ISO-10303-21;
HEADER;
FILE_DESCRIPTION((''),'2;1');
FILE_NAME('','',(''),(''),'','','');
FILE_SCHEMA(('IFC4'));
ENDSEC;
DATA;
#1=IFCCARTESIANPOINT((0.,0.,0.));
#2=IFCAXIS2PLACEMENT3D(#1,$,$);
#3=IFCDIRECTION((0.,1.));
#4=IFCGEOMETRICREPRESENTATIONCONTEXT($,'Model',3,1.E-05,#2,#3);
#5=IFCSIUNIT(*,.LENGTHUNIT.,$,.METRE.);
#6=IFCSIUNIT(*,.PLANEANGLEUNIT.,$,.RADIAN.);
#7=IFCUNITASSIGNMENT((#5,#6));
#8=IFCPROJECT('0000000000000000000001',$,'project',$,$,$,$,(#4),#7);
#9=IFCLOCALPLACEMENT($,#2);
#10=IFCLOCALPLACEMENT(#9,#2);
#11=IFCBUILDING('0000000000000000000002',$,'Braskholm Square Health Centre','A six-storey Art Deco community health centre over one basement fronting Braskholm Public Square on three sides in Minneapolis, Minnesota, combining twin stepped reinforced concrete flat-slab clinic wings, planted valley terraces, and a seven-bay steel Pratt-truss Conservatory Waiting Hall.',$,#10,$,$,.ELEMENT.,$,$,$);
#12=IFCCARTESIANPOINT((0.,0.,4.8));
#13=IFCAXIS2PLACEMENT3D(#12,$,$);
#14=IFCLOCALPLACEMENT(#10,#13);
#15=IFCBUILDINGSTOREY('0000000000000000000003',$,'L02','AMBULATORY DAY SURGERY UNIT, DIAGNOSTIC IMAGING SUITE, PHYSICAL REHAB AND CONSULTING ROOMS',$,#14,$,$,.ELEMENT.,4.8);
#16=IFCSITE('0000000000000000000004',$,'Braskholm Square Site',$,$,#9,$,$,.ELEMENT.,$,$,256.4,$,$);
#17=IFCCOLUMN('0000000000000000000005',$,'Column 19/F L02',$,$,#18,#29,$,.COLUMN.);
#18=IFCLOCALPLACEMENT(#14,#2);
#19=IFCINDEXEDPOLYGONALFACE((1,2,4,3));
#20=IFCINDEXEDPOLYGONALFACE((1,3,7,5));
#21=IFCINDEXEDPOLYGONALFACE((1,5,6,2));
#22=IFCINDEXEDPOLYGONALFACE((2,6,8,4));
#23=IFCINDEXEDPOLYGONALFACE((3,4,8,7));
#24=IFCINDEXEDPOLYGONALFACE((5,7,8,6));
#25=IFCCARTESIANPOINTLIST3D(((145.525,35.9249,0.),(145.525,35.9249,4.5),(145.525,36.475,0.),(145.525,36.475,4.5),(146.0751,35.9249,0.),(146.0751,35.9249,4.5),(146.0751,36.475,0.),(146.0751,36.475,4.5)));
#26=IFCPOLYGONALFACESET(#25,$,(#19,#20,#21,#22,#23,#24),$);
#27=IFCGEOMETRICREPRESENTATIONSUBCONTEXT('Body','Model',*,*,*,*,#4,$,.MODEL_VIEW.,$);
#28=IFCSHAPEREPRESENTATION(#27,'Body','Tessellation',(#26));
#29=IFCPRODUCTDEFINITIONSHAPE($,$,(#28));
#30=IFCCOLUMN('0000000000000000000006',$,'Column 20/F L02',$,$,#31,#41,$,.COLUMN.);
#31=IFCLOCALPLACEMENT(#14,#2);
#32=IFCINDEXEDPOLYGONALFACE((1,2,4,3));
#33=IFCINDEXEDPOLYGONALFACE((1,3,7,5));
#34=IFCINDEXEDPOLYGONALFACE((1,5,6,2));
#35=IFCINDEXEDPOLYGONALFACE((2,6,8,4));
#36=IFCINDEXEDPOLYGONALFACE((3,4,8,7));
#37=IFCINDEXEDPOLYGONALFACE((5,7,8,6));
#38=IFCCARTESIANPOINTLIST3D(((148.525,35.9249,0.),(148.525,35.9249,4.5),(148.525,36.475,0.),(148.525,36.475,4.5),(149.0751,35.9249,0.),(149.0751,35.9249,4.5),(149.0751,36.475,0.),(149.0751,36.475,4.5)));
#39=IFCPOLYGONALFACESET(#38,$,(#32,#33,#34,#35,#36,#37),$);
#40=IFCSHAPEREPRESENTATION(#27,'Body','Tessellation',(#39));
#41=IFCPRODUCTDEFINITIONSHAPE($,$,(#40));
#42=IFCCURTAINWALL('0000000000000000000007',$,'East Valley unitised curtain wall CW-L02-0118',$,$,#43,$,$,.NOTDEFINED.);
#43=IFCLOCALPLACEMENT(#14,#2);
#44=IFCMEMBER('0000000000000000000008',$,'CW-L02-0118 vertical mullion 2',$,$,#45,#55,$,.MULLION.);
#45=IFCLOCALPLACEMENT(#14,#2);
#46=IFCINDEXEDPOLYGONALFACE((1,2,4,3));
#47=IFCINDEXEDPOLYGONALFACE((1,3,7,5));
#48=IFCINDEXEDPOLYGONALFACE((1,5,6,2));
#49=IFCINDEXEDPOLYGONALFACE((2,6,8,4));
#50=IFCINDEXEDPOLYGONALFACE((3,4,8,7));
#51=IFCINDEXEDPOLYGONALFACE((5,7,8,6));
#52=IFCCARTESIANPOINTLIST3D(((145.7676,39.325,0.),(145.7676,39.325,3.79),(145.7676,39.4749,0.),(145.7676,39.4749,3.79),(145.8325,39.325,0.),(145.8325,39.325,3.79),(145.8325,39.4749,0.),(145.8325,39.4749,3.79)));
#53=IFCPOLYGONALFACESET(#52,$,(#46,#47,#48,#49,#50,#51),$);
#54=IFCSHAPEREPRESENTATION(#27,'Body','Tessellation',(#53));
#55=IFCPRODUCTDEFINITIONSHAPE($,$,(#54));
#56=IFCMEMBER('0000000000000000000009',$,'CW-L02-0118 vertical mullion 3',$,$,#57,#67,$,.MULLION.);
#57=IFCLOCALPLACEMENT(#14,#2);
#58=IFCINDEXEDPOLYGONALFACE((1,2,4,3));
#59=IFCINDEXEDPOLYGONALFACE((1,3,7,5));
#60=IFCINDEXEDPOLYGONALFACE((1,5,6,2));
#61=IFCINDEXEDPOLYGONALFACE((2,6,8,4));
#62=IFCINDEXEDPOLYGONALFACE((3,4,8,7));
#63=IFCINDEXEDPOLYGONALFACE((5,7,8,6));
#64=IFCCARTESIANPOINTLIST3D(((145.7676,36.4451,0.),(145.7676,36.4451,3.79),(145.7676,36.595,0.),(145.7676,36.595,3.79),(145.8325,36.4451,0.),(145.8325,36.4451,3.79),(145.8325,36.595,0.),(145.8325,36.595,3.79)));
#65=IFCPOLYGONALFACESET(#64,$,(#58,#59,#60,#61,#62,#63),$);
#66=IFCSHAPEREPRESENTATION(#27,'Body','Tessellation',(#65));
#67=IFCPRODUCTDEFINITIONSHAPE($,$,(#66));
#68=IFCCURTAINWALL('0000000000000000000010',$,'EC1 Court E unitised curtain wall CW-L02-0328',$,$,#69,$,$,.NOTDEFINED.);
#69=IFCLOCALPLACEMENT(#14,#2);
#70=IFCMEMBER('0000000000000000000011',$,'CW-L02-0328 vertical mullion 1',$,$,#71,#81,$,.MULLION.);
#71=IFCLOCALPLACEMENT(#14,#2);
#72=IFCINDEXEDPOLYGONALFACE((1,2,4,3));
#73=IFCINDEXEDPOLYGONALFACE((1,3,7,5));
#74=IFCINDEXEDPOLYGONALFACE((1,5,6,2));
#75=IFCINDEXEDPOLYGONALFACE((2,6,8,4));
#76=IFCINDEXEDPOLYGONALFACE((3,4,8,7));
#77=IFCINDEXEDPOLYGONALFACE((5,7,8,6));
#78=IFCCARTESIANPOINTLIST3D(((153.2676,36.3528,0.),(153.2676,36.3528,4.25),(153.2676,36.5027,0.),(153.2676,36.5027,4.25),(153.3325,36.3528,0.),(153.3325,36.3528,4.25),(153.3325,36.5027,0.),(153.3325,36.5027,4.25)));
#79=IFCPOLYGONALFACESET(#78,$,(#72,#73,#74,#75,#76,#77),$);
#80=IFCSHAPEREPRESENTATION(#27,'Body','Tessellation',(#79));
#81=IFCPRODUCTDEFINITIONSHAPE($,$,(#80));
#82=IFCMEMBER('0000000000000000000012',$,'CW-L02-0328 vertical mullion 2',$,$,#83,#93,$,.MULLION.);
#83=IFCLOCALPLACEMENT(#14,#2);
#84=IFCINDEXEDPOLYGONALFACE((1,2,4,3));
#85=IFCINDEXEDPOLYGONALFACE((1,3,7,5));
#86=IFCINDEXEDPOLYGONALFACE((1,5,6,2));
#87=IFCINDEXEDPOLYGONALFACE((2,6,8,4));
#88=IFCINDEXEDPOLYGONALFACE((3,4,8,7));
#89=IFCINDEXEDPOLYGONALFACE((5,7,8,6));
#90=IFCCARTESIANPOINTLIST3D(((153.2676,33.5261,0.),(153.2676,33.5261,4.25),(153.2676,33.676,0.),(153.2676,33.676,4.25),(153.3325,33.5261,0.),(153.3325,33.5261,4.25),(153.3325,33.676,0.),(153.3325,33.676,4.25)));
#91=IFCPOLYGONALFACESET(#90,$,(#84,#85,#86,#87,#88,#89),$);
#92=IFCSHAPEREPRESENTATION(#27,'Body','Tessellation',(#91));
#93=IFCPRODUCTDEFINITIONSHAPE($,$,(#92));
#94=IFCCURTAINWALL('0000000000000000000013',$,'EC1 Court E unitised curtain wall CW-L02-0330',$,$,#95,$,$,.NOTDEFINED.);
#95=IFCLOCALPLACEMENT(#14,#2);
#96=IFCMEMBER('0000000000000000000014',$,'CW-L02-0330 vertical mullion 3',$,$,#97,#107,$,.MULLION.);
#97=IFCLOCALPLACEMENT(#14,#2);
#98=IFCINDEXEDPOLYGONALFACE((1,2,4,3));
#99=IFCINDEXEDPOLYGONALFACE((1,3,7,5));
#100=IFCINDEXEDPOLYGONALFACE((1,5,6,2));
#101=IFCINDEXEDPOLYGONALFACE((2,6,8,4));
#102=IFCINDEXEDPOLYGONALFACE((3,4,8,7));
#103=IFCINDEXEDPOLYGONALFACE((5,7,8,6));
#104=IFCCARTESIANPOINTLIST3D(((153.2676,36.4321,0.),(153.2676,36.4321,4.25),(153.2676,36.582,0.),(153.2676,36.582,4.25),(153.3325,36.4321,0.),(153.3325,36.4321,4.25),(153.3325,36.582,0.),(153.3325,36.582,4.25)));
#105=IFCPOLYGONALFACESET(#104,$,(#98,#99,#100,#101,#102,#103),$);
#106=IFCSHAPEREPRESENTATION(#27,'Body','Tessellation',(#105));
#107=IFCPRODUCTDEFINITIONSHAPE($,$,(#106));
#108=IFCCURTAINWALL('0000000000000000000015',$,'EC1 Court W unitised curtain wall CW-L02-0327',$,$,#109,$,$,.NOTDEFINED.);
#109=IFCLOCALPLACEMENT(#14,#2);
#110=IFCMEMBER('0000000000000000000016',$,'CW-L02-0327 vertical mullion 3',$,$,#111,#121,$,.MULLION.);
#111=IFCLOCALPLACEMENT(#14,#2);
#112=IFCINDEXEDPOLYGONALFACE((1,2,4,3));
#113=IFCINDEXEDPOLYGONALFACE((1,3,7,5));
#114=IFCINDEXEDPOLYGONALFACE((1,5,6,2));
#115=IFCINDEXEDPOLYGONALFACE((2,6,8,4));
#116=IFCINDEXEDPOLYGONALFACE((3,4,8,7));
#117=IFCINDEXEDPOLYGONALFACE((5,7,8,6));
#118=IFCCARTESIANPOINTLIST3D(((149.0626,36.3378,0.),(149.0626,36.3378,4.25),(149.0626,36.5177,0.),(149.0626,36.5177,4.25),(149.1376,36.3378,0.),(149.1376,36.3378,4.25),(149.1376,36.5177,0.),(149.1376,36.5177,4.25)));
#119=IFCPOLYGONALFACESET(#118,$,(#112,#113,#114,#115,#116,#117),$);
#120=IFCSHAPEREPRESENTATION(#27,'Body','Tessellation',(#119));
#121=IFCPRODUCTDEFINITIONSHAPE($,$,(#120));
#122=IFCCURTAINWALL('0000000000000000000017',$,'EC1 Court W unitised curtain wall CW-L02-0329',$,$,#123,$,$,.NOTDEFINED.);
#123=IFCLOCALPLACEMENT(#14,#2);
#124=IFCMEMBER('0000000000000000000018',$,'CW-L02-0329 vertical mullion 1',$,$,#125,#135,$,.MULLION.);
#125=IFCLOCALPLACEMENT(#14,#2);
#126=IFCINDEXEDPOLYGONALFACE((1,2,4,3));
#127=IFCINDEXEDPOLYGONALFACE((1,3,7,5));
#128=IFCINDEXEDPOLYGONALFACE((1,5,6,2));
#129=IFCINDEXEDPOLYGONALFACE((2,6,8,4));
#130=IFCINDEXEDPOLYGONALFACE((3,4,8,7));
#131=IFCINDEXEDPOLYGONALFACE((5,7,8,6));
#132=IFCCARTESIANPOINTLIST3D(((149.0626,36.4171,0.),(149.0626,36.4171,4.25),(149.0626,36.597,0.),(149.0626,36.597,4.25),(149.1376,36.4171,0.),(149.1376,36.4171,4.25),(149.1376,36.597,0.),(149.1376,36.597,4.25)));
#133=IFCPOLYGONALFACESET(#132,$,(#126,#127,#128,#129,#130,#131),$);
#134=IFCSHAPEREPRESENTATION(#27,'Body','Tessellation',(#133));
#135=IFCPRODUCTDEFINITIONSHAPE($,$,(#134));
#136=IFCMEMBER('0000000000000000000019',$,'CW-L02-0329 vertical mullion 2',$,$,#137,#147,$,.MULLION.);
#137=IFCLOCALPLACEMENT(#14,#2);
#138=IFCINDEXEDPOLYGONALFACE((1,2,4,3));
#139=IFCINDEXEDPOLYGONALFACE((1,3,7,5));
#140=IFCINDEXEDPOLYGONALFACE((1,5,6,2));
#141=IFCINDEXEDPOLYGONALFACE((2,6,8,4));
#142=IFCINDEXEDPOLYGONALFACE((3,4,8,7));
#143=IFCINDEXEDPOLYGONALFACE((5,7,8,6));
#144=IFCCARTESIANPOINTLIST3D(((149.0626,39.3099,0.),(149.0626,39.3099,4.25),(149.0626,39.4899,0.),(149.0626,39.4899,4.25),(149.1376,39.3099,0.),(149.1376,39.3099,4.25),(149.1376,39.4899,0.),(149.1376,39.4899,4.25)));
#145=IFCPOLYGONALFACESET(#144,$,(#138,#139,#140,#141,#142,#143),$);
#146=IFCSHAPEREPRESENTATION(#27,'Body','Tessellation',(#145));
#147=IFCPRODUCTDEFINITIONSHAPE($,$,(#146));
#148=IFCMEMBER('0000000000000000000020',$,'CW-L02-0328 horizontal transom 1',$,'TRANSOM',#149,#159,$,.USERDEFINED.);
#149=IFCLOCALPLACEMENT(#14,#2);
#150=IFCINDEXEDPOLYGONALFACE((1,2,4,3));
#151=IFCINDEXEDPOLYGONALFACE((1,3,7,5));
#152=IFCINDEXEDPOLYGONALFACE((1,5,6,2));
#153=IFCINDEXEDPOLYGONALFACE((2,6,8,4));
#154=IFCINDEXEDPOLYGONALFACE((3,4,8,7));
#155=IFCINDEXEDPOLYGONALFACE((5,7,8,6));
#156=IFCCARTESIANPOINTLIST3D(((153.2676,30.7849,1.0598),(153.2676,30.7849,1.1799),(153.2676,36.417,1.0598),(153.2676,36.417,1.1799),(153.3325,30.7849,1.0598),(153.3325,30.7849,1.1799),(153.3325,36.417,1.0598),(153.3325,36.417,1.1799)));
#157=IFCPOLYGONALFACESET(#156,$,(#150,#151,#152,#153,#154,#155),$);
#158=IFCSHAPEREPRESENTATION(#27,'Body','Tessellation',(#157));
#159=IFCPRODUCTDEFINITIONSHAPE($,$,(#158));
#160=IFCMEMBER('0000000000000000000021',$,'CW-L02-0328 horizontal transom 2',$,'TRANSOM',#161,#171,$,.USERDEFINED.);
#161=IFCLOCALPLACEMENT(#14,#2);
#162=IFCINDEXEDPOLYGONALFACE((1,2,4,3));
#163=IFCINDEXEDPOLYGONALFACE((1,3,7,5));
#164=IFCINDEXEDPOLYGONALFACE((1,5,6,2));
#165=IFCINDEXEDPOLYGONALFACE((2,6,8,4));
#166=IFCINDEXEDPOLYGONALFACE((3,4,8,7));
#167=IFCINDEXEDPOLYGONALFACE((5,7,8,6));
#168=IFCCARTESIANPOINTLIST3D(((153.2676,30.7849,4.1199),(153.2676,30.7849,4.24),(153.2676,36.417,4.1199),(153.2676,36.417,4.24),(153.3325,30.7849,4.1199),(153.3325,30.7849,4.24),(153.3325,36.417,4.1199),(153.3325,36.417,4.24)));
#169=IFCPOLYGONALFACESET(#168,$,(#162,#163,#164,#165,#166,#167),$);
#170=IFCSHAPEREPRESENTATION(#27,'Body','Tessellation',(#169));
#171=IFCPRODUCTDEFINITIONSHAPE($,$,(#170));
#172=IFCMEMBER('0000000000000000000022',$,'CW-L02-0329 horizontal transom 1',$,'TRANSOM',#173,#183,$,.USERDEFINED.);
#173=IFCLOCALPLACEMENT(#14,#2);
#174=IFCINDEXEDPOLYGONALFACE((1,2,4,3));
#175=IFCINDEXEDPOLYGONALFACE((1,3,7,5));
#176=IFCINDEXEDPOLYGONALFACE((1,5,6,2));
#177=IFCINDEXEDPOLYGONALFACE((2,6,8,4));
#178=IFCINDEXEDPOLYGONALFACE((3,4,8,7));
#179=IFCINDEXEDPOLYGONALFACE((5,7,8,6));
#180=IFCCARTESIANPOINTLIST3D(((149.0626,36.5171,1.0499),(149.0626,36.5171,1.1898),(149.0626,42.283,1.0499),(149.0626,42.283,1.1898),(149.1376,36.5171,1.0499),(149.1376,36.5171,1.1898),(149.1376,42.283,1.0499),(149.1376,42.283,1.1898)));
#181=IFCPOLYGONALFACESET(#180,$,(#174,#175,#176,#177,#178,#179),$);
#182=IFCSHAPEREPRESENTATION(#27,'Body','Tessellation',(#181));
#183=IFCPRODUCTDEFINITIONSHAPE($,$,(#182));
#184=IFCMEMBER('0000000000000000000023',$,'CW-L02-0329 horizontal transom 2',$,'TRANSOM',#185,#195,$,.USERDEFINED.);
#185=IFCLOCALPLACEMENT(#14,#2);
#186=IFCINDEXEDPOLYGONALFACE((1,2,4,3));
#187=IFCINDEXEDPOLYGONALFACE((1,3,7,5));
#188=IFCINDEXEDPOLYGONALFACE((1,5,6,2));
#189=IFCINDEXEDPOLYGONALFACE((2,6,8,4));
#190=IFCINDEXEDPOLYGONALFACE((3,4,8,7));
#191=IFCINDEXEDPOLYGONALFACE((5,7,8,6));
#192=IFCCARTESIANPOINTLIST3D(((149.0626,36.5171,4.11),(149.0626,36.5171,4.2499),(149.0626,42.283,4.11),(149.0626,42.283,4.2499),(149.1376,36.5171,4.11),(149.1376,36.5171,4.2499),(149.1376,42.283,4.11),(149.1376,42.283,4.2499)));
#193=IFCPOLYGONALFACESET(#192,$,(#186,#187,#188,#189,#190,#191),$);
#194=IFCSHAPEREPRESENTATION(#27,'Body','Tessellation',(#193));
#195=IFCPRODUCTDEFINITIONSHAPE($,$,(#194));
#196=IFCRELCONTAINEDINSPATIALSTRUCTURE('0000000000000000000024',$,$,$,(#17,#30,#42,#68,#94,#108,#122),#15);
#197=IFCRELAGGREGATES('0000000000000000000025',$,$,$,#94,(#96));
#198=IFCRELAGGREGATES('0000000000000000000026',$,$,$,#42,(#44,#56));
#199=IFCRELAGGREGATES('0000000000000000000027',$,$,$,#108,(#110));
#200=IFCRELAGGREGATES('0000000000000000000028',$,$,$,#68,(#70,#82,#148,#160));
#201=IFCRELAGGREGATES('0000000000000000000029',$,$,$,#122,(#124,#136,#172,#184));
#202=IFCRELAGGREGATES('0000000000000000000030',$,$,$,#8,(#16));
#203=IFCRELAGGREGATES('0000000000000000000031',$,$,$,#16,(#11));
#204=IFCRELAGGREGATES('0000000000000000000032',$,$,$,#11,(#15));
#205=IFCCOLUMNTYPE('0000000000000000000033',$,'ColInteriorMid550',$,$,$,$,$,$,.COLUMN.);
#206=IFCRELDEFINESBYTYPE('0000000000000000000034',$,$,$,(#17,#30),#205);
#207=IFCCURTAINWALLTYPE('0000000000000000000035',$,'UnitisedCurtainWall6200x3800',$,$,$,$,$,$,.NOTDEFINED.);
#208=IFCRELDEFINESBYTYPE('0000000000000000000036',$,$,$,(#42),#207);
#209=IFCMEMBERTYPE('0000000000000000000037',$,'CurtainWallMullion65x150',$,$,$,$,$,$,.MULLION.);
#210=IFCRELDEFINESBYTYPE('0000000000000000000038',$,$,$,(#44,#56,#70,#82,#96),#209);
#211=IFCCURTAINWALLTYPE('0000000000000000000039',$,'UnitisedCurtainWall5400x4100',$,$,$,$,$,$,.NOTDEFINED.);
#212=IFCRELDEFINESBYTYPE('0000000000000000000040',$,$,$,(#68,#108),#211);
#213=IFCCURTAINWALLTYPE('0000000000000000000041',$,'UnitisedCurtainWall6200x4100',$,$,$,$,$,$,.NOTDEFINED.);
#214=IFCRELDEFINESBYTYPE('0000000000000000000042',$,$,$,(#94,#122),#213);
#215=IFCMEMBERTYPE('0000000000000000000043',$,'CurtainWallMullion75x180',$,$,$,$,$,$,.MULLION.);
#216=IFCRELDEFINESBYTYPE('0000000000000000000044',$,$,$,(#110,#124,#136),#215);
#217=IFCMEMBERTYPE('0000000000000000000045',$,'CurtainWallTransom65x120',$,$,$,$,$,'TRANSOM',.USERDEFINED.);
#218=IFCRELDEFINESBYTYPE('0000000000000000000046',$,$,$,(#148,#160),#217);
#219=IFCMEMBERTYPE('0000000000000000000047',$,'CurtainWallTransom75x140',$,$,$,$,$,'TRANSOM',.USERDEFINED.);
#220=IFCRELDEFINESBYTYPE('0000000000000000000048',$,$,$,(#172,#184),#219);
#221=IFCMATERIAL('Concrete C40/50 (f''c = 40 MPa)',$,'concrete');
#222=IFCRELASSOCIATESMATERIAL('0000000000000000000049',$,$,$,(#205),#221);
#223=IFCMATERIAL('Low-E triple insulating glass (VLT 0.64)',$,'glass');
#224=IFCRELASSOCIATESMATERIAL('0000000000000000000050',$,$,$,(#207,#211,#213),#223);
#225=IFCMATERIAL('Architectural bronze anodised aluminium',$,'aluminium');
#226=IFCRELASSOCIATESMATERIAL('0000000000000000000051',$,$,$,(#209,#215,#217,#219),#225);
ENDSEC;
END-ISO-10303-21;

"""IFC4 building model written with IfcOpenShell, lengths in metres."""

from ifc_helpers import new_model, si_unit, direction, frame, origin, origin_2d, place, context, subcontext, project, spatial, rectangle, extrude, material, material_profile, profile_set, type_object, element, aggregate, save


model = new_model("IFC4")

# Units and contexts
model_context = context("Model", 3, precision=1e-05, world=origin(), true_north=direction((0.0, 1.0)))
body_context = subcontext(model_context, "Body", "Model", "MODEL_VIEW")
ifc_project = project(units=[si_unit("LENGTHUNIT", "METRE"), si_unit("PLANEANGLEUNIT", "RADIAN")], contexts=[model_context])

# Site, building, storey
site_placement = place(None, origin())
site = spatial("IfcSite", under=ifc_project, at=site_placement, Name="Braskholm Square Site", CompositionType="ELEMENT", RefElevation=256.4)
building_placement = place(site_placement, origin())
building = spatial("IfcBuilding", under=site, at=building_placement, Name="Braskholm Square Health Centre", Description="A six-storey Art Deco community health centre over one basement fronting Braskholm Public Square on three sides in Minneapolis, Minnesota, combining twin stepped reinforced concrete flat-slab clinic wings, planted valley terraces, and a seven-bay steel Pratt-truss Conservatory Waiting Hall.", CompositionType="ELEMENT")
storey_placement = place(building_placement, frame((0.0, 0.0, 4.8)))
storey = spatial("IfcBuildingStorey", under=building, at=storey_placement, Name="L02", Description="AMBULATORY DAY SURGERY UNIT, DIAGNOSTIC IMAGING SUITE, PHYSICAL REHAB AND CONSULTING ROOMS", CompositionType="ELEMENT", Elevation=4.8)

# Columns
ifc_material_1 = material(Name="Concrete C40/50 (f'c = 40 MPa)", Category="concrete")
ifc_material_profile_1 = material_profile(ifc_material_1, rectangle(XDim=0.55, YDim=0.55, at=origin_2d()), Name="RC-550X550")
ifc_profile_set_1 = profile_set([ifc_material_profile_1], Name="Concrete C40/50 (f'c = 40 MPa)")
column_type = type_object("IfcColumnType", Name="ColInteriorMid550", PredefinedType="COLUMN", material=ifc_profile_set_1)
for number, where, z_axis, x_axis, name in (
    (1, (145.8, 36.2, 0.0), (0.0, 0.0, 1.0), (1.0, 0.0, 0.0), "Column 19/F L02"),
    (2, (148.8, 36.2, 0.0), (0.0, 0.0, 1.0), (1.0, 0.0, 0.0), "Column 20/F L02"),
):
    element("IfcColumn", number, at=place(storey_placement, frame(where, z_axis=z_axis, x_axis=x_axis)), inside=storey, type_object=column_type, Name=name, PredefinedType="COLUMN", context=body_context, shape_type="SweptSolid", body=[
        extrude(rectangle(XDim=0.55, YDim=0.55, at=origin_2d()), origin(), (0.0, 0.0, 1.0), 4.5),
    ])

# Curtain walls, members
ifc_material_2 = material(Name="Low-E triple insulating glass (VLT 0.64)", Category="glass")
curtain_wall_type_1 = type_object("IfcCurtainWallType", Name="UnitisedCurtainWall6200x3800", PredefinedType="NOTDEFINED", material=ifc_material_2)
curtain_wall_1_placement = place(storey_placement, origin())
curtain_wall_1 = element("IfcCurtainWall", 3, at=curtain_wall_1_placement, inside=storey, type_object=curtain_wall_type_1, Name="East Valley unitised curtain wall CW-L02-0118", PredefinedType="NOTDEFINED")
ifc_material_3 = material(Name="Architectural bronze anodised aluminium", Category="aluminium")
ifc_material_profile_2 = material_profile(ifc_material_3, rectangle(XDim=0.0649, YDim=0.1499, at=origin_2d()), Name="ALU-65X150")
ifc_profile_set_2 = profile_set([ifc_material_profile_2], Name="Architectural bronze anodised aluminium")
member_type_1 = type_object("IfcMemberType", Name="CurtainWallMullion65x150", PredefinedType="MULLION", material=ifc_profile_set_2)
member_1_placement = place(storey_placement, frame((145.8, 39.3999, 0.0), z_axis=(0.0, 0.0, 1.0), x_axis=(1.0, 0.0, 0.0)))
member_1 = element("IfcMember", 4, at=member_1_placement, type_object=member_type_1, Name="CW-L02-0118 vertical mullion 2", PredefinedType="MULLION", context=body_context, shape_type="SweptSolid", body=[
    extrude(rectangle(XDim=0.0649, YDim=0.1499, at=origin_2d()), origin(), (0.0, 0.0, 1.0), 3.79),
])
member_2_placement = place(storey_placement, frame((145.8, 36.52, 0.0), z_axis=(0.0, 0.0, 1.0), x_axis=(1.0, 0.0, 0.0)))
member_2 = element("IfcMember", 5, at=member_2_placement, type_object=member_type_1, Name="CW-L02-0118 vertical mullion 3", PredefinedType="MULLION", context=body_context, shape_type="SweptSolid", body=[
    extrude(rectangle(XDim=0.0649, YDim=0.1499, at=origin_2d()), origin(), (0.0, 0.0, 1.0), 3.79),
])
curtain_wall_type_2 = type_object("IfcCurtainWallType", Name="UnitisedCurtainWall5400x4100", PredefinedType="NOTDEFINED", material=ifc_material_2)
curtain_wall_2_placement = place(storey_placement, origin())
curtain_wall_2 = element("IfcCurtainWall", 6, at=curtain_wall_2_placement, inside=storey, type_object=curtain_wall_type_2, Name="EC1 Court E unitised curtain wall CW-L02-0328", PredefinedType="NOTDEFINED")
member_3_placement = place(storey_placement, frame((153.3, 36.4277, 0.0), z_axis=(0.0, 0.0, 1.0), x_axis=(1.0, 0.0, 0.0)))
member_3 = element("IfcMember", 7, at=member_3_placement, type_object=member_type_1, Name="CW-L02-0328 vertical mullion 1", PredefinedType="MULLION", context=body_context, shape_type="SweptSolid", body=[
    extrude(rectangle(XDim=0.0649, YDim=0.1499, at=origin_2d()), origin(), (0.0, 0.0, 1.0), 4.25),
])
member_4_placement = place(storey_placement, frame((153.3, 33.6011, 0.0), z_axis=(0.0, 0.0, 1.0), x_axis=(1.0, 0.0, 0.0)))
member_4 = element("IfcMember", 8, at=member_4_placement, type_object=member_type_1, Name="CW-L02-0328 vertical mullion 2", PredefinedType="MULLION", context=body_context, shape_type="SweptSolid", body=[
    extrude(rectangle(XDim=0.0649, YDim=0.1499, at=origin_2d()), origin(), (0.0, 0.0, 1.0), 4.25),
])

# Curtain walls, members
curtain_wall_type_3 = type_object("IfcCurtainWallType", Name="UnitisedCurtainWall6200x4100", PredefinedType="NOTDEFINED", material=ifc_material_2)
curtain_wall_3_placement = place(storey_placement, origin())
curtain_wall_3 = element("IfcCurtainWall", 9, at=curtain_wall_3_placement, inside=storey, type_object=curtain_wall_type_3, Name="EC1 Court E unitised curtain wall CW-L02-0330", PredefinedType="NOTDEFINED")
member_5_placement = place(storey_placement, frame((153.3, 36.5071, 0.0), z_axis=(0.0, 0.0, 1.0), x_axis=(1.0, 0.0, 0.0)))
member_5 = element("IfcMember", 10, at=member_5_placement, type_object=member_type_1, Name="CW-L02-0330 vertical mullion 3", PredefinedType="MULLION", context=body_context, shape_type="SweptSolid", body=[
    extrude(rectangle(XDim=0.0649, YDim=0.1499, at=origin_2d()), origin(), (0.0, 0.0, 1.0), 4.25),
])
curtain_wall_4_placement = place(storey_placement, origin())
curtain_wall_4 = element("IfcCurtainWall", 11, at=curtain_wall_4_placement, inside=storey, type_object=curtain_wall_type_2, Name="EC1 Court W unitised curtain wall CW-L02-0327", PredefinedType="NOTDEFINED")
ifc_material_profile_3 = material_profile(ifc_material_3, rectangle(XDim=0.075, YDim=0.1799, at=origin_2d()), Name="ALU-75X180")
ifc_profile_set_3 = profile_set([ifc_material_profile_3], Name="Architectural bronze anodised aluminium")
member_type_2 = type_object("IfcMemberType", Name="CurtainWallMullion75x180", PredefinedType="MULLION", material=ifc_profile_set_3)
member_6_placement = place(storey_placement, frame((149.1001, 36.4277, 0.0), z_axis=(0.0, 0.0, 1.0), x_axis=(1.0, 0.0, 0.0)))
member_6 = element("IfcMember", 12, at=member_6_placement, type_object=member_type_2, Name="CW-L02-0327 vertical mullion 3", PredefinedType="MULLION", context=body_context, shape_type="SweptSolid", body=[
    extrude(rectangle(XDim=0.075, YDim=0.1799, at=origin_2d()), origin(), (0.0, 0.0, 1.0), 4.25),
])

# Curtain wall, members
curtain_wall_5_placement = place(storey_placement, origin())
curtain_wall_5 = element("IfcCurtainWall", 13, at=curtain_wall_5_placement, inside=storey, type_object=curtain_wall_type_3, Name="EC1 Court W unitised curtain wall CW-L02-0329", PredefinedType="NOTDEFINED")
member_7_placement = place(storey_placement, frame((149.1001, 36.5071, 0.0), z_axis=(0.0, 0.0, 1.0), x_axis=(1.0, 0.0, 0.0)))
member_7 = element("IfcMember", 14, at=member_7_placement, type_object=member_type_2, Name="CW-L02-0329 vertical mullion 1", PredefinedType="MULLION", context=body_context, shape_type="SweptSolid", body=[
    extrude(rectangle(XDim=0.075, YDim=0.1799, at=origin_2d()), origin(), (0.0, 0.0, 1.0), 4.25),
])
member_8_placement = place(storey_placement, frame((149.1001, 39.3999, 0.0), z_axis=(0.0, 0.0, 1.0), x_axis=(1.0, 0.0, 0.0)))
member_8 = element("IfcMember", 15, at=member_8_placement, type_object=member_type_2, Name="CW-L02-0329 vertical mullion 2", PredefinedType="MULLION", context=body_context, shape_type="SweptSolid", body=[
    extrude(rectangle(XDim=0.075, YDim=0.1799, at=origin_2d()), origin(), (0.0, 0.0, 1.0), 4.25),
])

# Members
ifc_material_profile_4 = material_profile(ifc_material_3, rectangle(XDim=0.0649, YDim=0.1201, at=origin_2d()), Name="ALU-65X120")
ifc_profile_set_4 = profile_set([ifc_material_profile_4], Name="Architectural bronze anodised aluminium")
member_type_3 = type_object("IfcMemberType", Name="CurtainWallTransom65x120", ElementType="TRANSOM", PredefinedType="USERDEFINED", material=ifc_profile_set_4)
member_9_placement = place(storey_placement, frame((153.3, 36.417, 1.1199), z_axis=(0.0, -1.0, 0.0), x_axis=(1.0, 0.0, 0.0)))
member_9 = element("IfcMember", 16, at=member_9_placement, type_object=member_type_3, Name="CW-L02-0328 horizontal transom 1", ObjectType="TRANSOM", PredefinedType="USERDEFINED", context=body_context, shape_type="SweptSolid", body=[
    extrude(rectangle(XDim=0.0649, YDim=0.1201, at=origin_2d()), origin(), (0.0, 0.0, 1.0), 5.6321),
])
member_10_placement = place(storey_placement, frame((153.3, 36.417, 4.1799), z_axis=(0.0, -1.0, 0.0), x_axis=(1.0, 0.0, 0.0)))
member_10 = element("IfcMember", 17, at=member_10_placement, type_object=member_type_3, Name="CW-L02-0328 horizontal transom 2", ObjectType="TRANSOM", PredefinedType="USERDEFINED", context=body_context, shape_type="SweptSolid", body=[
    extrude(rectangle(XDim=0.0649, YDim=0.1201, at=origin_2d()), origin(), (0.0, 0.0, 1.0), 5.6321),
])
ifc_material_profile_5 = material_profile(ifc_material_3, rectangle(XDim=0.075, YDim=0.1399, at=origin_2d()), Name="ALU-75X140")
ifc_profile_set_5 = profile_set([ifc_material_profile_5], Name="Architectural bronze anodised aluminium")
member_type_4 = type_object("IfcMemberType", Name="CurtainWallTransom75x140", ElementType="TRANSOM", PredefinedType="USERDEFINED", material=ifc_profile_set_5)
member_11_placement = place(storey_placement, frame((149.1001, 36.5171, 1.1199), z_axis=(0.0, 1.0, 0.0), x_axis=(-1.0, 0.0, 0.0)))
member_11 = element("IfcMember", 18, at=member_11_placement, type_object=member_type_4, Name="CW-L02-0329 horizontal transom 1", ObjectType="TRANSOM", PredefinedType="USERDEFINED", context=body_context, shape_type="SweptSolid", body=[
    extrude(rectangle(XDim=0.075, YDim=0.1399, at=origin_2d()), origin(), (0.0, 0.0, 1.0), 5.7659),
])
member_12_placement = place(storey_placement, frame((149.1001, 36.5171, 4.1799), z_axis=(0.0, 1.0, 0.0), x_axis=(-1.0, 0.0, 0.0)))
member_12 = element("IfcMember", 19, at=member_12_placement, type_object=member_type_4, Name="CW-L02-0329 horizontal transom 2", ObjectType="TRANSOM", PredefinedType="USERDEFINED", context=body_context, shape_type="SweptSolid", body=[
    extrude(rectangle(XDim=0.075, YDim=0.1399, at=origin_2d()), origin(), (0.0, 0.0, 1.0), 5.7659),
])

aggregate(curtain_wall_3, [member_5])
aggregate(curtain_wall_1, [member_1, member_2])
aggregate(curtain_wall_4, [member_6])
aggregate(curtain_wall_2, [member_3, member_4, member_9, member_10])
aggregate(curtain_wall_5, [member_7, member_8, member_11, member_12])

save(model, "model.ifc")
